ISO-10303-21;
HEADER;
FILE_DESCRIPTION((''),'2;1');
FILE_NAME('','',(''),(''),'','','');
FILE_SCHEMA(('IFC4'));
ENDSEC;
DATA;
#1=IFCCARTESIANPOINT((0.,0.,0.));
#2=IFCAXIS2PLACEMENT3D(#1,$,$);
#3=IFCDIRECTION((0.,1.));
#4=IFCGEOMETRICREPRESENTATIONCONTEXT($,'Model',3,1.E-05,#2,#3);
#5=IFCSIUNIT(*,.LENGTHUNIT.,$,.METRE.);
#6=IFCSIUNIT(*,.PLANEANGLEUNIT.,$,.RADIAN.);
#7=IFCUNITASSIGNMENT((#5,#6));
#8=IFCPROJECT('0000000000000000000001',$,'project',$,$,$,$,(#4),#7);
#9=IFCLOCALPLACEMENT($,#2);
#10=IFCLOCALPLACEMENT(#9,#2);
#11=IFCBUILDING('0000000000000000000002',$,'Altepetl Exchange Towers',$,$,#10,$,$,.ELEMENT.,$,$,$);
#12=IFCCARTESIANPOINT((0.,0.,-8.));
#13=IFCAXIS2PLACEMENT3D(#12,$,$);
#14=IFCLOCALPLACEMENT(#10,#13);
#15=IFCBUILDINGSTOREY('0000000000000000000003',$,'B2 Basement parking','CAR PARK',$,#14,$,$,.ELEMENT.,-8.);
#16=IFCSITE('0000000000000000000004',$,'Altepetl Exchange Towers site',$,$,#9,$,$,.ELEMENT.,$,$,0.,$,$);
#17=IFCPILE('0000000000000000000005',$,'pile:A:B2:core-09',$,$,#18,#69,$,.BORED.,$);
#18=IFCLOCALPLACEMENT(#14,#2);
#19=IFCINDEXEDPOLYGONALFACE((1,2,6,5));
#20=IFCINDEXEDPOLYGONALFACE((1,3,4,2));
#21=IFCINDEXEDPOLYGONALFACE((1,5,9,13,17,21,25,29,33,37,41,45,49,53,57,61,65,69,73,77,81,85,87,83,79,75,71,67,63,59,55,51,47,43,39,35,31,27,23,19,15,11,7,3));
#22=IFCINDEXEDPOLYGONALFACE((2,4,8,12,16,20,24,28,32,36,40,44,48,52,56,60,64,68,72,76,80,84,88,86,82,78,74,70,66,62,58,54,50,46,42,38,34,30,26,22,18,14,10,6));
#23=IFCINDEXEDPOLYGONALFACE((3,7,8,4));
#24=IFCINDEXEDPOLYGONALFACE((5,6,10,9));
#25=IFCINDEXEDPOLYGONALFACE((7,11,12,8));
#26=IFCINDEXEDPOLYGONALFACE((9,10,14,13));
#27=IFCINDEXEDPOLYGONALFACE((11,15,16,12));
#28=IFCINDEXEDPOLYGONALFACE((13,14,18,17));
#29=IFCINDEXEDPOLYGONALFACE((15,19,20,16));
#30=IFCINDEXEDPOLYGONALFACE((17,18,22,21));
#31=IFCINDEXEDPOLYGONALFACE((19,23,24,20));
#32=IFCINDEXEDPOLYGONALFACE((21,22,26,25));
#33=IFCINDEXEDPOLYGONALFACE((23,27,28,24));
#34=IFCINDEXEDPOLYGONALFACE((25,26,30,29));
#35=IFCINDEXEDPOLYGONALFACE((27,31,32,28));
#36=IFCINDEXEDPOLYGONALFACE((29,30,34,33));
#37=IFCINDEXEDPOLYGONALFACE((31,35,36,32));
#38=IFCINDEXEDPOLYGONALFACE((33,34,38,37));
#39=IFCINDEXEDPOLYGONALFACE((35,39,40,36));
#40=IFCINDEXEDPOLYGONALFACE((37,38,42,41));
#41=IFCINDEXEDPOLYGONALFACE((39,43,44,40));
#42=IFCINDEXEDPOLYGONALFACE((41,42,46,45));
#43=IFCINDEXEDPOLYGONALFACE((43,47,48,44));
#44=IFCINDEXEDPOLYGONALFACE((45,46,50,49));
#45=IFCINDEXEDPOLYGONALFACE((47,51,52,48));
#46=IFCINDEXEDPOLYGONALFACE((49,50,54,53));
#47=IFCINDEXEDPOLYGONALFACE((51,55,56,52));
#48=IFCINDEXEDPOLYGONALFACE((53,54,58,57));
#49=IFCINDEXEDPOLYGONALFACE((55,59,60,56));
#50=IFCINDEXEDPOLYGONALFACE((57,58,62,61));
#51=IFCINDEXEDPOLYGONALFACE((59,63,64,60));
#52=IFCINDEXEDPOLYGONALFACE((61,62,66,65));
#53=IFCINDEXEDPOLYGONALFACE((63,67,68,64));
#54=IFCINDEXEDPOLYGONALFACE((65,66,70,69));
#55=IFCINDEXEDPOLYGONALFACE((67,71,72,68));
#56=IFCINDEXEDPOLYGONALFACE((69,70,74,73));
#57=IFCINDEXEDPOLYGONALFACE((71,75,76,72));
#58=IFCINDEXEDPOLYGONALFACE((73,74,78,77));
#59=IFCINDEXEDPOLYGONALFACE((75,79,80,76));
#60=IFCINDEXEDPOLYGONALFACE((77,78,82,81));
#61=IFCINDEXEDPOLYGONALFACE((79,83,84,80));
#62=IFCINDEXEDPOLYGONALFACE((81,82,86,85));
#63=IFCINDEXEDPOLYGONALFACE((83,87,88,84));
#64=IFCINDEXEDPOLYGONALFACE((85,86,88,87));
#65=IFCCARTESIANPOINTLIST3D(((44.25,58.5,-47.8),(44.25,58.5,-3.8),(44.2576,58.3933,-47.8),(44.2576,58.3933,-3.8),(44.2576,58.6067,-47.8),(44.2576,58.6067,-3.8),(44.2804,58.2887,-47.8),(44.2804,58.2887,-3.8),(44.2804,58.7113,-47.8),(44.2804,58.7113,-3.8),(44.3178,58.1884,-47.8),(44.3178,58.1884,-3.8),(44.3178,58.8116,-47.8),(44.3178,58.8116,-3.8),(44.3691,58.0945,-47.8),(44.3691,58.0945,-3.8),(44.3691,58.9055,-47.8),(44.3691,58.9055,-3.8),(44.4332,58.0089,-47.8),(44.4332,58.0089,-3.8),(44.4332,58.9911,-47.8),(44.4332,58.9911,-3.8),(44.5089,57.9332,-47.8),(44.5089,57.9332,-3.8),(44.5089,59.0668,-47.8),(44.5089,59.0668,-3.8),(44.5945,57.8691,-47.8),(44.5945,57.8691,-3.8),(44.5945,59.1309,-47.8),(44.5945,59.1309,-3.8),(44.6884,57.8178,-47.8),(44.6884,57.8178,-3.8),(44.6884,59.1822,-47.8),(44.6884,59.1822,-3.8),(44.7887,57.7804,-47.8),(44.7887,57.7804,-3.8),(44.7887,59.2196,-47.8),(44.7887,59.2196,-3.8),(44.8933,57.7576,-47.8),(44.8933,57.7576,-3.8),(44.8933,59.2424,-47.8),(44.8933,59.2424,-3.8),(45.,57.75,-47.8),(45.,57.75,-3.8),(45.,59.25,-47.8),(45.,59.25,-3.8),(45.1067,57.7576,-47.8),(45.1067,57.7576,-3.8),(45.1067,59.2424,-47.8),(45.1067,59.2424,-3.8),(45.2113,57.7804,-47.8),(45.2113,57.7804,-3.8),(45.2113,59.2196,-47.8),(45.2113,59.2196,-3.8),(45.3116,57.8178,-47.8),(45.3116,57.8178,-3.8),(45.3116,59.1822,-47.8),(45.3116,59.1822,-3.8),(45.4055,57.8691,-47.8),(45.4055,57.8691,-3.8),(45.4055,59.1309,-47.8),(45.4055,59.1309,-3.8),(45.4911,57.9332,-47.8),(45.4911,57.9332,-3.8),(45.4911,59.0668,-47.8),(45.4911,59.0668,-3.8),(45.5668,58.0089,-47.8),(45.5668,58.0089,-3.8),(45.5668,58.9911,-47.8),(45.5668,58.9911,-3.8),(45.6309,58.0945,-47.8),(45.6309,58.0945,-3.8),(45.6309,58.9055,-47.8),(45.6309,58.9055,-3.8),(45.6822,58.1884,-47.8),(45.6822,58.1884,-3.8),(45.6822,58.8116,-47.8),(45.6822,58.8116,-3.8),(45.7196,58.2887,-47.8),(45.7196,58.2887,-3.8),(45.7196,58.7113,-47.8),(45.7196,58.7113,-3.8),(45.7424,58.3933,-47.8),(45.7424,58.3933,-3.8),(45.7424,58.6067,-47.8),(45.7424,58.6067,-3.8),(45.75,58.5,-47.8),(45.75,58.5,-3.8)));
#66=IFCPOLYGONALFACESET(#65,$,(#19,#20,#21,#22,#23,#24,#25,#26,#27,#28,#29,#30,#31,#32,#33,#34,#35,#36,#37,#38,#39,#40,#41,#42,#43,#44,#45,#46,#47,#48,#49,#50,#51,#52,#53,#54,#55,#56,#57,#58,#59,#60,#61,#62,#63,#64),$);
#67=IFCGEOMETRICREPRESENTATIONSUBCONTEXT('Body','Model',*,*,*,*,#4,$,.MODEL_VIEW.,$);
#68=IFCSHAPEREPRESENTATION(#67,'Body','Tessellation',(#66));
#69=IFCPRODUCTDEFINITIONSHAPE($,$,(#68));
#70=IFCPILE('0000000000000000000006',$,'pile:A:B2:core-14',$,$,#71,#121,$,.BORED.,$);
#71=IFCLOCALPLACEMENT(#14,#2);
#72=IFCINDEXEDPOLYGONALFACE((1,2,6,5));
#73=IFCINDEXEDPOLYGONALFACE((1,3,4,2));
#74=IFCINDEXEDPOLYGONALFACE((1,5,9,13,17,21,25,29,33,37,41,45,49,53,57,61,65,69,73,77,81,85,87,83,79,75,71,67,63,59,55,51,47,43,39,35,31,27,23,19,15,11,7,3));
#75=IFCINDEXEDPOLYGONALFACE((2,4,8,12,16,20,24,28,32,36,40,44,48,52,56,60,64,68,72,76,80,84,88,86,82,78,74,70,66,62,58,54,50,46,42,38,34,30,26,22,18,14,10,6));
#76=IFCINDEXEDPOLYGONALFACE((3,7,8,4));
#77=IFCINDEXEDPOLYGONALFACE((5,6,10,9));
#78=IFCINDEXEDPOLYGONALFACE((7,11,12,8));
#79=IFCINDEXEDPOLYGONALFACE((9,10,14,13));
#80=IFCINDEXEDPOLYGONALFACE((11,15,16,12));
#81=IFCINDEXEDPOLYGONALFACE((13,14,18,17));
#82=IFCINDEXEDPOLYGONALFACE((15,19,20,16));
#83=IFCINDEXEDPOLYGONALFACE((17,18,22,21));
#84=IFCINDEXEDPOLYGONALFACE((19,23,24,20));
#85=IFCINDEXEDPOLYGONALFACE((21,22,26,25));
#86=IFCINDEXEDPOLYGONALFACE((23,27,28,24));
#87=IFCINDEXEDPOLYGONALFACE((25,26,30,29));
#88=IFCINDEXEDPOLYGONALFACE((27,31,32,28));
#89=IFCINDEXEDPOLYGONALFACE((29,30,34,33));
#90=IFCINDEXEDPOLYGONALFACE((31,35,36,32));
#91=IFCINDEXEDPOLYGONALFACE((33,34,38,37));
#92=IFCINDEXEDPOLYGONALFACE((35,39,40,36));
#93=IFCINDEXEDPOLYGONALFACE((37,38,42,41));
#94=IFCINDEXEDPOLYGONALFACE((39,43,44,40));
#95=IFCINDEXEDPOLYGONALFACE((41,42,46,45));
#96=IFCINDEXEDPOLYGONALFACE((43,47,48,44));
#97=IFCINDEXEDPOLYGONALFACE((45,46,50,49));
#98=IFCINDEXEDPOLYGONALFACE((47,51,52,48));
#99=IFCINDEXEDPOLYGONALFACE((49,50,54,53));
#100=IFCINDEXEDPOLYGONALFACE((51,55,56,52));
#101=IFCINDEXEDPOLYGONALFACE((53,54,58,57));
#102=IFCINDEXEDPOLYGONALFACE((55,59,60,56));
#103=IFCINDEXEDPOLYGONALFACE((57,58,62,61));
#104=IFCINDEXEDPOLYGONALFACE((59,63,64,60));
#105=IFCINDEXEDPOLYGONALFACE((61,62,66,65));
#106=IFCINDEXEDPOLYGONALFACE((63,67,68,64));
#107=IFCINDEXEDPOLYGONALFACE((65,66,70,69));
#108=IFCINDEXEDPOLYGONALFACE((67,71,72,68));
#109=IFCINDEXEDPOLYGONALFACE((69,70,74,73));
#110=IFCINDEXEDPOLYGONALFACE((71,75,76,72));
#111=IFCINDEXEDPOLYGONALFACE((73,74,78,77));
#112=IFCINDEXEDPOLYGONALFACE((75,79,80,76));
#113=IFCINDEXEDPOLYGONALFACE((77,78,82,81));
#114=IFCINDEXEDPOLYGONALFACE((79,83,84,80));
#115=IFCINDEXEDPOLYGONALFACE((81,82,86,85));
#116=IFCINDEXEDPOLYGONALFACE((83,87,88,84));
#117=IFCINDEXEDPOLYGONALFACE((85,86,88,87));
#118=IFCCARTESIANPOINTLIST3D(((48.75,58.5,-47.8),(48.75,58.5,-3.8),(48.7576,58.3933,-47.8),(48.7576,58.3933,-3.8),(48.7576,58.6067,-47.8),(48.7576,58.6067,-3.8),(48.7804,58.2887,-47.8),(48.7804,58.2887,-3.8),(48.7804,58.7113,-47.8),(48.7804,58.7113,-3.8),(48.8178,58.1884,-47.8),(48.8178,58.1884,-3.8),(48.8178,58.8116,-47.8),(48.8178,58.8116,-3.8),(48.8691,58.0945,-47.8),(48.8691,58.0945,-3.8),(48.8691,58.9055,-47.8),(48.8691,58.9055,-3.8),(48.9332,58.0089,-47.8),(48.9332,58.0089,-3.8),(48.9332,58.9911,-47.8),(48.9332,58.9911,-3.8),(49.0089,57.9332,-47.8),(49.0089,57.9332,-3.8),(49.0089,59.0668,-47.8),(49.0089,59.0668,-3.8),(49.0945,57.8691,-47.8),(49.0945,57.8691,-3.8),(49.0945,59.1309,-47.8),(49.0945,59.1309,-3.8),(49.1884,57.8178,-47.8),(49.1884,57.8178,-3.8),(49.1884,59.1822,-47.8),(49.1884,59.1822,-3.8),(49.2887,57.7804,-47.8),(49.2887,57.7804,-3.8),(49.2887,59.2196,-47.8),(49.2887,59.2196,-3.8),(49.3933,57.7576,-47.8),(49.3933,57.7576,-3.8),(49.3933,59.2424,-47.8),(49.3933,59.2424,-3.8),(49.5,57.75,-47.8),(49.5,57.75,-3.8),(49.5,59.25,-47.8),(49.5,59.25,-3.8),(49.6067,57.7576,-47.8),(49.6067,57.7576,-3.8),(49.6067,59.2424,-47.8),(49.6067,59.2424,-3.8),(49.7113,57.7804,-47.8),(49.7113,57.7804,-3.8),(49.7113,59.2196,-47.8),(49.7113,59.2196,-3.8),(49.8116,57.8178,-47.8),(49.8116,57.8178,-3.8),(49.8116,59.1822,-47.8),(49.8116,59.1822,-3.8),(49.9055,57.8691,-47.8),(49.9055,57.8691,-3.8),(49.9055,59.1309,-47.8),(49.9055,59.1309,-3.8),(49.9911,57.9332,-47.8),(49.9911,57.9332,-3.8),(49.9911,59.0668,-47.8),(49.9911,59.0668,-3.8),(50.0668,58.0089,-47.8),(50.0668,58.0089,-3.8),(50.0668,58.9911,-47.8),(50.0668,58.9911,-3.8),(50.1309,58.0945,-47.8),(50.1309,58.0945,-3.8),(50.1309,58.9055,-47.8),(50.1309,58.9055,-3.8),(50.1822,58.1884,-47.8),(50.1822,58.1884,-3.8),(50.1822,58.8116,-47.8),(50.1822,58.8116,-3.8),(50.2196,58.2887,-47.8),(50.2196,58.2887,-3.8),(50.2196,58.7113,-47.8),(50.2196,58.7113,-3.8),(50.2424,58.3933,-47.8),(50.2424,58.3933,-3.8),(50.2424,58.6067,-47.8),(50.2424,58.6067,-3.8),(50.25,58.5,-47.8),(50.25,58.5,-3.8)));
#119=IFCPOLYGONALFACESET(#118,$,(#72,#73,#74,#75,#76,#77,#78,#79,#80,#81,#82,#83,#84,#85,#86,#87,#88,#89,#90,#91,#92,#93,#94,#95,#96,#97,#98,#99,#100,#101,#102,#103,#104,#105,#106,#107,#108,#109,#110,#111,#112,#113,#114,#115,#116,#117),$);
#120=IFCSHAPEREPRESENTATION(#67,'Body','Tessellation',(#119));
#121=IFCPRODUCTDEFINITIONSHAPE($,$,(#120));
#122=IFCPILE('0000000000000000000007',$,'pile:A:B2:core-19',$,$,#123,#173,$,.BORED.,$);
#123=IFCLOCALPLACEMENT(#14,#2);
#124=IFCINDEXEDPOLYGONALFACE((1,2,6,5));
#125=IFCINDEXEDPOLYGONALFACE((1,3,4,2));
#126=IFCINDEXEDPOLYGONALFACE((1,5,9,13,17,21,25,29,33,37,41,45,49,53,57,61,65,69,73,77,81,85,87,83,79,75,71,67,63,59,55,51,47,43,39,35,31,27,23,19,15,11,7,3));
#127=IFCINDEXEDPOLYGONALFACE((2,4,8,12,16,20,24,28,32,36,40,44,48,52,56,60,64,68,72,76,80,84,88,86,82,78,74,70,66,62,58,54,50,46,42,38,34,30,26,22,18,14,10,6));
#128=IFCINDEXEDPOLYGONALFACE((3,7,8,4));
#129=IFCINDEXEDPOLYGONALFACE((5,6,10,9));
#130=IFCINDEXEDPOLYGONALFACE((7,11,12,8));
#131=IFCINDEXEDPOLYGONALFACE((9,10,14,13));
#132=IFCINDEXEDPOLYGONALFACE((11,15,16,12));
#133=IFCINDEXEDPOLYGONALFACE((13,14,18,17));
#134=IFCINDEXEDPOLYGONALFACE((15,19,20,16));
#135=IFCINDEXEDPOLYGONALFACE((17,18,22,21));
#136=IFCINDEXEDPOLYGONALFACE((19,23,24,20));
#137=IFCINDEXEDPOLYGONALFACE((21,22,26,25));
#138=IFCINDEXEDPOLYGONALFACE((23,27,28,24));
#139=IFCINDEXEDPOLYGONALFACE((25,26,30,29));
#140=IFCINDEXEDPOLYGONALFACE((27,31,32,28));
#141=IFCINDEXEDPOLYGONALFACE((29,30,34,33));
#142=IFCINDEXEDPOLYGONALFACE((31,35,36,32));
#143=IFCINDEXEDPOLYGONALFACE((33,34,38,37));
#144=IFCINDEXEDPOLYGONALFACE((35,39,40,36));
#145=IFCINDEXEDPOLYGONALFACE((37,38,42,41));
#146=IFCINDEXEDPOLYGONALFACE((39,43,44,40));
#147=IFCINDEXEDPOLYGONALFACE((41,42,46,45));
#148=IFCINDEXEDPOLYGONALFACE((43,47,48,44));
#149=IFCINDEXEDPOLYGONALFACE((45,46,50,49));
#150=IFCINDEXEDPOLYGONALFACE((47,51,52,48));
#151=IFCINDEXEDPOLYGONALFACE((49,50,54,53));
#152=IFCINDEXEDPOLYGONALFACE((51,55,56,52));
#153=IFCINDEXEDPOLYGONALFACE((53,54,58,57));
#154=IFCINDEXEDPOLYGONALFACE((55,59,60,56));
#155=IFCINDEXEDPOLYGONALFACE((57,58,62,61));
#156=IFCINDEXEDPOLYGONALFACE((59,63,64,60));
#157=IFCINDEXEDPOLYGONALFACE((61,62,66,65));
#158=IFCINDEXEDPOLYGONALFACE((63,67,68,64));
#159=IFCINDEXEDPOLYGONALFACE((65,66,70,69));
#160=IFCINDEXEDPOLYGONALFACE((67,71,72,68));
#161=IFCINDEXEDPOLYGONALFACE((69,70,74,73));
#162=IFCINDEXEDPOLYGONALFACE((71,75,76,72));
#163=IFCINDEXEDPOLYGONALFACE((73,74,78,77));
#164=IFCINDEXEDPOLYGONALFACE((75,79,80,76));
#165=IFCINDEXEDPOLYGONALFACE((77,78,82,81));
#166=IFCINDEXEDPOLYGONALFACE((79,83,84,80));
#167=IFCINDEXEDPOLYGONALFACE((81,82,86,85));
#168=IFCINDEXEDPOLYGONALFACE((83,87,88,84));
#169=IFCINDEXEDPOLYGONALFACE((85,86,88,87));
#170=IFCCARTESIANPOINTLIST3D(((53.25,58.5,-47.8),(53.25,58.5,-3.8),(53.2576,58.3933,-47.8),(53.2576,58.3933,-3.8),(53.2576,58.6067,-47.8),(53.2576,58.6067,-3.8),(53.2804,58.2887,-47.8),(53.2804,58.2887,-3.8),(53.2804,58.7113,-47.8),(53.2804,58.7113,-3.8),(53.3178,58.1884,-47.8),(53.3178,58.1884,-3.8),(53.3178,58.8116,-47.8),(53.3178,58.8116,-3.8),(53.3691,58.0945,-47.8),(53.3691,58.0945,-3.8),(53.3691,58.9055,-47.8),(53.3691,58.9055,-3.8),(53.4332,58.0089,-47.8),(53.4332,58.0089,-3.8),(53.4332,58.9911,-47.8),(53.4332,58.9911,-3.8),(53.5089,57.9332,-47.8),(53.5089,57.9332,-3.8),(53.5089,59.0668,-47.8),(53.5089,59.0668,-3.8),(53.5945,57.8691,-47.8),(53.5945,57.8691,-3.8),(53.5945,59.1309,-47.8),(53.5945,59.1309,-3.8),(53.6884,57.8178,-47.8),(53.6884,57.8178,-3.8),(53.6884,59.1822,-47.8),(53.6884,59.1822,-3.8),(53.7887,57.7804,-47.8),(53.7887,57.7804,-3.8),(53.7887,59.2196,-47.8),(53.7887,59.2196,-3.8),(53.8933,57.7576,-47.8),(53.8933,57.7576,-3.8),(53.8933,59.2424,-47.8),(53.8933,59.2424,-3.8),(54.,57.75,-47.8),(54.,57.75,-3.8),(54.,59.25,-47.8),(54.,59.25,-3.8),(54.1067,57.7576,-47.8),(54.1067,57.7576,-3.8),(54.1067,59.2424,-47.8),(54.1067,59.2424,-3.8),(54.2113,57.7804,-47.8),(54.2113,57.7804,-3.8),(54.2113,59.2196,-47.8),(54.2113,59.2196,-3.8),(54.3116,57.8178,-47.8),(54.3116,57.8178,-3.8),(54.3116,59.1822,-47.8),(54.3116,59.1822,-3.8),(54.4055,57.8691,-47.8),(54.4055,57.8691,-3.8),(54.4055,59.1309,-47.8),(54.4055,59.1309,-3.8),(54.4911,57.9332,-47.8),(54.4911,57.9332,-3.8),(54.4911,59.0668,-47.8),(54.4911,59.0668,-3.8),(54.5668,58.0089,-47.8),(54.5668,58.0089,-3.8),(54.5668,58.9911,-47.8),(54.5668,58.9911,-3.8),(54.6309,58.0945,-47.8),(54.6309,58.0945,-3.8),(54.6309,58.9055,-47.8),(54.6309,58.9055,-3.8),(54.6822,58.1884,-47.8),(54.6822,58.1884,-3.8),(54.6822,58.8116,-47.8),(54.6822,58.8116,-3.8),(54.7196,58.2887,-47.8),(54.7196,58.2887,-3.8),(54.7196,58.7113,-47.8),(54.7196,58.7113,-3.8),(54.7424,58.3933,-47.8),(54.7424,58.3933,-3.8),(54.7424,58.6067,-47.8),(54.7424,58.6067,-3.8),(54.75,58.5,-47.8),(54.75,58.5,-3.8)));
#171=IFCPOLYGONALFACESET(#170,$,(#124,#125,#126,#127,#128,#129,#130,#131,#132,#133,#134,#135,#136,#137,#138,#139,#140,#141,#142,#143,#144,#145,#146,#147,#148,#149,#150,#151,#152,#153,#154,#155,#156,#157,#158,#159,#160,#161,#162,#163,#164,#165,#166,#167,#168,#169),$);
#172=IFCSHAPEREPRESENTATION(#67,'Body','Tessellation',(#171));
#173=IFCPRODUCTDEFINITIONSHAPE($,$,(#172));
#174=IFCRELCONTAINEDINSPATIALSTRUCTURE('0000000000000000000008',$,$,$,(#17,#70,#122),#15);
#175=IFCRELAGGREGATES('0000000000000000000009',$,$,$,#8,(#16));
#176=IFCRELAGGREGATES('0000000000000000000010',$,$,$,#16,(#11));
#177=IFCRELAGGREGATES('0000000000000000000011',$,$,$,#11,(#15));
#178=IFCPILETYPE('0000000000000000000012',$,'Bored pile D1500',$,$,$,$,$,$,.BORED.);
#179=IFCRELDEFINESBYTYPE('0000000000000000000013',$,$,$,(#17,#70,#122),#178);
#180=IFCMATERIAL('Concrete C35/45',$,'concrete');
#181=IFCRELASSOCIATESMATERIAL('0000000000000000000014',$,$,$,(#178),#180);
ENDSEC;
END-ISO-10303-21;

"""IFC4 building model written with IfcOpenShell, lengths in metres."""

from ifc_helpers import new_model, si_unit, direction, frame, origin, origin_2d, place, context, subcontext, project, spatial, circle, extrude, material, material_profile, profile_set, type_object, element, save


model = new_model("IFC4")

# Units and contexts
model_context = context("Model", 3, precision=1e-05, world=origin(), true_north=direction((0.0, 1.0)))
body_context = subcontext(model_context, "Body", "Model", "MODEL_VIEW")
ifc_project = project(units=[si_unit("LENGTHUNIT", "METRE"), si_unit("PLANEANGLEUNIT", "RADIAN")], contexts=[model_context])

# Site, building, storey
site_placement = place(None, origin())
site = spatial("IfcSite", under=ifc_project, at=site_placement, Name="Altepetl Exchange Towers site", CompositionType="ELEMENT", RefElevation=0.0)
building_placement = place(site_placement, origin())
building = spatial("IfcBuilding", under=site, at=building_placement, Name="Altepetl Exchange Towers", CompositionType="ELEMENT")
storey_placement = place(building_placement, frame((0.0, 0.0, -8.0)))
storey = spatial("IfcBuildingStorey", under=building, at=storey_placement, Name="B2 Basement parking", Description="CAR PARK", CompositionType="ELEMENT", Elevation=-8.0)

# Piles
ifc_material_1 = material(Name="Concrete C35/45", Category="concrete")
ifc_material_profile_1 = material_profile(ifc_material_1, circle(Radius=0.75, at=origin_2d()), Name="D1500")
ifc_profile_set_1 = profile_set([ifc_material_profile_1], Name="Concrete C35/45")
pile_type_1 = type_object("IfcPileType", Name="Bored pile D1500", PredefinedType="BORED", material=ifc_profile_set_1)
for number, where, z_axis, x_axis, name in (
    (1, (45.0, 58.5, -3.8), (0.0, 0.0, -1.0), (1.0, 0.0, 0.0), "pile:A:B2:core-09"),
    (2, (49.5, 58.5, -3.8), (0.0, 0.0, -1.0), (1.0, 0.0, 0.0), "pile:A:B2:core-14"),
    (3, (54.0, 58.5, -3.8), (0.0, 0.0, -1.0), (1.0, 0.0, 0.0), "pile:A:B2:core-19"),
):
    element("IfcPile", number, at=place(storey_placement, frame(where, z_axis=z_axis, x_axis=x_axis)), inside=storey, type_object=pile_type_1, Name=name, PredefinedType="BORED", context=body_context, shape_type="SweptSolid", body=[
        extrude(circle(Radius=0.75, at=origin_2d()), origin(), (0.0, 0.0, 1.0), 44.0),
    ])

save(model, "model.ifc")
